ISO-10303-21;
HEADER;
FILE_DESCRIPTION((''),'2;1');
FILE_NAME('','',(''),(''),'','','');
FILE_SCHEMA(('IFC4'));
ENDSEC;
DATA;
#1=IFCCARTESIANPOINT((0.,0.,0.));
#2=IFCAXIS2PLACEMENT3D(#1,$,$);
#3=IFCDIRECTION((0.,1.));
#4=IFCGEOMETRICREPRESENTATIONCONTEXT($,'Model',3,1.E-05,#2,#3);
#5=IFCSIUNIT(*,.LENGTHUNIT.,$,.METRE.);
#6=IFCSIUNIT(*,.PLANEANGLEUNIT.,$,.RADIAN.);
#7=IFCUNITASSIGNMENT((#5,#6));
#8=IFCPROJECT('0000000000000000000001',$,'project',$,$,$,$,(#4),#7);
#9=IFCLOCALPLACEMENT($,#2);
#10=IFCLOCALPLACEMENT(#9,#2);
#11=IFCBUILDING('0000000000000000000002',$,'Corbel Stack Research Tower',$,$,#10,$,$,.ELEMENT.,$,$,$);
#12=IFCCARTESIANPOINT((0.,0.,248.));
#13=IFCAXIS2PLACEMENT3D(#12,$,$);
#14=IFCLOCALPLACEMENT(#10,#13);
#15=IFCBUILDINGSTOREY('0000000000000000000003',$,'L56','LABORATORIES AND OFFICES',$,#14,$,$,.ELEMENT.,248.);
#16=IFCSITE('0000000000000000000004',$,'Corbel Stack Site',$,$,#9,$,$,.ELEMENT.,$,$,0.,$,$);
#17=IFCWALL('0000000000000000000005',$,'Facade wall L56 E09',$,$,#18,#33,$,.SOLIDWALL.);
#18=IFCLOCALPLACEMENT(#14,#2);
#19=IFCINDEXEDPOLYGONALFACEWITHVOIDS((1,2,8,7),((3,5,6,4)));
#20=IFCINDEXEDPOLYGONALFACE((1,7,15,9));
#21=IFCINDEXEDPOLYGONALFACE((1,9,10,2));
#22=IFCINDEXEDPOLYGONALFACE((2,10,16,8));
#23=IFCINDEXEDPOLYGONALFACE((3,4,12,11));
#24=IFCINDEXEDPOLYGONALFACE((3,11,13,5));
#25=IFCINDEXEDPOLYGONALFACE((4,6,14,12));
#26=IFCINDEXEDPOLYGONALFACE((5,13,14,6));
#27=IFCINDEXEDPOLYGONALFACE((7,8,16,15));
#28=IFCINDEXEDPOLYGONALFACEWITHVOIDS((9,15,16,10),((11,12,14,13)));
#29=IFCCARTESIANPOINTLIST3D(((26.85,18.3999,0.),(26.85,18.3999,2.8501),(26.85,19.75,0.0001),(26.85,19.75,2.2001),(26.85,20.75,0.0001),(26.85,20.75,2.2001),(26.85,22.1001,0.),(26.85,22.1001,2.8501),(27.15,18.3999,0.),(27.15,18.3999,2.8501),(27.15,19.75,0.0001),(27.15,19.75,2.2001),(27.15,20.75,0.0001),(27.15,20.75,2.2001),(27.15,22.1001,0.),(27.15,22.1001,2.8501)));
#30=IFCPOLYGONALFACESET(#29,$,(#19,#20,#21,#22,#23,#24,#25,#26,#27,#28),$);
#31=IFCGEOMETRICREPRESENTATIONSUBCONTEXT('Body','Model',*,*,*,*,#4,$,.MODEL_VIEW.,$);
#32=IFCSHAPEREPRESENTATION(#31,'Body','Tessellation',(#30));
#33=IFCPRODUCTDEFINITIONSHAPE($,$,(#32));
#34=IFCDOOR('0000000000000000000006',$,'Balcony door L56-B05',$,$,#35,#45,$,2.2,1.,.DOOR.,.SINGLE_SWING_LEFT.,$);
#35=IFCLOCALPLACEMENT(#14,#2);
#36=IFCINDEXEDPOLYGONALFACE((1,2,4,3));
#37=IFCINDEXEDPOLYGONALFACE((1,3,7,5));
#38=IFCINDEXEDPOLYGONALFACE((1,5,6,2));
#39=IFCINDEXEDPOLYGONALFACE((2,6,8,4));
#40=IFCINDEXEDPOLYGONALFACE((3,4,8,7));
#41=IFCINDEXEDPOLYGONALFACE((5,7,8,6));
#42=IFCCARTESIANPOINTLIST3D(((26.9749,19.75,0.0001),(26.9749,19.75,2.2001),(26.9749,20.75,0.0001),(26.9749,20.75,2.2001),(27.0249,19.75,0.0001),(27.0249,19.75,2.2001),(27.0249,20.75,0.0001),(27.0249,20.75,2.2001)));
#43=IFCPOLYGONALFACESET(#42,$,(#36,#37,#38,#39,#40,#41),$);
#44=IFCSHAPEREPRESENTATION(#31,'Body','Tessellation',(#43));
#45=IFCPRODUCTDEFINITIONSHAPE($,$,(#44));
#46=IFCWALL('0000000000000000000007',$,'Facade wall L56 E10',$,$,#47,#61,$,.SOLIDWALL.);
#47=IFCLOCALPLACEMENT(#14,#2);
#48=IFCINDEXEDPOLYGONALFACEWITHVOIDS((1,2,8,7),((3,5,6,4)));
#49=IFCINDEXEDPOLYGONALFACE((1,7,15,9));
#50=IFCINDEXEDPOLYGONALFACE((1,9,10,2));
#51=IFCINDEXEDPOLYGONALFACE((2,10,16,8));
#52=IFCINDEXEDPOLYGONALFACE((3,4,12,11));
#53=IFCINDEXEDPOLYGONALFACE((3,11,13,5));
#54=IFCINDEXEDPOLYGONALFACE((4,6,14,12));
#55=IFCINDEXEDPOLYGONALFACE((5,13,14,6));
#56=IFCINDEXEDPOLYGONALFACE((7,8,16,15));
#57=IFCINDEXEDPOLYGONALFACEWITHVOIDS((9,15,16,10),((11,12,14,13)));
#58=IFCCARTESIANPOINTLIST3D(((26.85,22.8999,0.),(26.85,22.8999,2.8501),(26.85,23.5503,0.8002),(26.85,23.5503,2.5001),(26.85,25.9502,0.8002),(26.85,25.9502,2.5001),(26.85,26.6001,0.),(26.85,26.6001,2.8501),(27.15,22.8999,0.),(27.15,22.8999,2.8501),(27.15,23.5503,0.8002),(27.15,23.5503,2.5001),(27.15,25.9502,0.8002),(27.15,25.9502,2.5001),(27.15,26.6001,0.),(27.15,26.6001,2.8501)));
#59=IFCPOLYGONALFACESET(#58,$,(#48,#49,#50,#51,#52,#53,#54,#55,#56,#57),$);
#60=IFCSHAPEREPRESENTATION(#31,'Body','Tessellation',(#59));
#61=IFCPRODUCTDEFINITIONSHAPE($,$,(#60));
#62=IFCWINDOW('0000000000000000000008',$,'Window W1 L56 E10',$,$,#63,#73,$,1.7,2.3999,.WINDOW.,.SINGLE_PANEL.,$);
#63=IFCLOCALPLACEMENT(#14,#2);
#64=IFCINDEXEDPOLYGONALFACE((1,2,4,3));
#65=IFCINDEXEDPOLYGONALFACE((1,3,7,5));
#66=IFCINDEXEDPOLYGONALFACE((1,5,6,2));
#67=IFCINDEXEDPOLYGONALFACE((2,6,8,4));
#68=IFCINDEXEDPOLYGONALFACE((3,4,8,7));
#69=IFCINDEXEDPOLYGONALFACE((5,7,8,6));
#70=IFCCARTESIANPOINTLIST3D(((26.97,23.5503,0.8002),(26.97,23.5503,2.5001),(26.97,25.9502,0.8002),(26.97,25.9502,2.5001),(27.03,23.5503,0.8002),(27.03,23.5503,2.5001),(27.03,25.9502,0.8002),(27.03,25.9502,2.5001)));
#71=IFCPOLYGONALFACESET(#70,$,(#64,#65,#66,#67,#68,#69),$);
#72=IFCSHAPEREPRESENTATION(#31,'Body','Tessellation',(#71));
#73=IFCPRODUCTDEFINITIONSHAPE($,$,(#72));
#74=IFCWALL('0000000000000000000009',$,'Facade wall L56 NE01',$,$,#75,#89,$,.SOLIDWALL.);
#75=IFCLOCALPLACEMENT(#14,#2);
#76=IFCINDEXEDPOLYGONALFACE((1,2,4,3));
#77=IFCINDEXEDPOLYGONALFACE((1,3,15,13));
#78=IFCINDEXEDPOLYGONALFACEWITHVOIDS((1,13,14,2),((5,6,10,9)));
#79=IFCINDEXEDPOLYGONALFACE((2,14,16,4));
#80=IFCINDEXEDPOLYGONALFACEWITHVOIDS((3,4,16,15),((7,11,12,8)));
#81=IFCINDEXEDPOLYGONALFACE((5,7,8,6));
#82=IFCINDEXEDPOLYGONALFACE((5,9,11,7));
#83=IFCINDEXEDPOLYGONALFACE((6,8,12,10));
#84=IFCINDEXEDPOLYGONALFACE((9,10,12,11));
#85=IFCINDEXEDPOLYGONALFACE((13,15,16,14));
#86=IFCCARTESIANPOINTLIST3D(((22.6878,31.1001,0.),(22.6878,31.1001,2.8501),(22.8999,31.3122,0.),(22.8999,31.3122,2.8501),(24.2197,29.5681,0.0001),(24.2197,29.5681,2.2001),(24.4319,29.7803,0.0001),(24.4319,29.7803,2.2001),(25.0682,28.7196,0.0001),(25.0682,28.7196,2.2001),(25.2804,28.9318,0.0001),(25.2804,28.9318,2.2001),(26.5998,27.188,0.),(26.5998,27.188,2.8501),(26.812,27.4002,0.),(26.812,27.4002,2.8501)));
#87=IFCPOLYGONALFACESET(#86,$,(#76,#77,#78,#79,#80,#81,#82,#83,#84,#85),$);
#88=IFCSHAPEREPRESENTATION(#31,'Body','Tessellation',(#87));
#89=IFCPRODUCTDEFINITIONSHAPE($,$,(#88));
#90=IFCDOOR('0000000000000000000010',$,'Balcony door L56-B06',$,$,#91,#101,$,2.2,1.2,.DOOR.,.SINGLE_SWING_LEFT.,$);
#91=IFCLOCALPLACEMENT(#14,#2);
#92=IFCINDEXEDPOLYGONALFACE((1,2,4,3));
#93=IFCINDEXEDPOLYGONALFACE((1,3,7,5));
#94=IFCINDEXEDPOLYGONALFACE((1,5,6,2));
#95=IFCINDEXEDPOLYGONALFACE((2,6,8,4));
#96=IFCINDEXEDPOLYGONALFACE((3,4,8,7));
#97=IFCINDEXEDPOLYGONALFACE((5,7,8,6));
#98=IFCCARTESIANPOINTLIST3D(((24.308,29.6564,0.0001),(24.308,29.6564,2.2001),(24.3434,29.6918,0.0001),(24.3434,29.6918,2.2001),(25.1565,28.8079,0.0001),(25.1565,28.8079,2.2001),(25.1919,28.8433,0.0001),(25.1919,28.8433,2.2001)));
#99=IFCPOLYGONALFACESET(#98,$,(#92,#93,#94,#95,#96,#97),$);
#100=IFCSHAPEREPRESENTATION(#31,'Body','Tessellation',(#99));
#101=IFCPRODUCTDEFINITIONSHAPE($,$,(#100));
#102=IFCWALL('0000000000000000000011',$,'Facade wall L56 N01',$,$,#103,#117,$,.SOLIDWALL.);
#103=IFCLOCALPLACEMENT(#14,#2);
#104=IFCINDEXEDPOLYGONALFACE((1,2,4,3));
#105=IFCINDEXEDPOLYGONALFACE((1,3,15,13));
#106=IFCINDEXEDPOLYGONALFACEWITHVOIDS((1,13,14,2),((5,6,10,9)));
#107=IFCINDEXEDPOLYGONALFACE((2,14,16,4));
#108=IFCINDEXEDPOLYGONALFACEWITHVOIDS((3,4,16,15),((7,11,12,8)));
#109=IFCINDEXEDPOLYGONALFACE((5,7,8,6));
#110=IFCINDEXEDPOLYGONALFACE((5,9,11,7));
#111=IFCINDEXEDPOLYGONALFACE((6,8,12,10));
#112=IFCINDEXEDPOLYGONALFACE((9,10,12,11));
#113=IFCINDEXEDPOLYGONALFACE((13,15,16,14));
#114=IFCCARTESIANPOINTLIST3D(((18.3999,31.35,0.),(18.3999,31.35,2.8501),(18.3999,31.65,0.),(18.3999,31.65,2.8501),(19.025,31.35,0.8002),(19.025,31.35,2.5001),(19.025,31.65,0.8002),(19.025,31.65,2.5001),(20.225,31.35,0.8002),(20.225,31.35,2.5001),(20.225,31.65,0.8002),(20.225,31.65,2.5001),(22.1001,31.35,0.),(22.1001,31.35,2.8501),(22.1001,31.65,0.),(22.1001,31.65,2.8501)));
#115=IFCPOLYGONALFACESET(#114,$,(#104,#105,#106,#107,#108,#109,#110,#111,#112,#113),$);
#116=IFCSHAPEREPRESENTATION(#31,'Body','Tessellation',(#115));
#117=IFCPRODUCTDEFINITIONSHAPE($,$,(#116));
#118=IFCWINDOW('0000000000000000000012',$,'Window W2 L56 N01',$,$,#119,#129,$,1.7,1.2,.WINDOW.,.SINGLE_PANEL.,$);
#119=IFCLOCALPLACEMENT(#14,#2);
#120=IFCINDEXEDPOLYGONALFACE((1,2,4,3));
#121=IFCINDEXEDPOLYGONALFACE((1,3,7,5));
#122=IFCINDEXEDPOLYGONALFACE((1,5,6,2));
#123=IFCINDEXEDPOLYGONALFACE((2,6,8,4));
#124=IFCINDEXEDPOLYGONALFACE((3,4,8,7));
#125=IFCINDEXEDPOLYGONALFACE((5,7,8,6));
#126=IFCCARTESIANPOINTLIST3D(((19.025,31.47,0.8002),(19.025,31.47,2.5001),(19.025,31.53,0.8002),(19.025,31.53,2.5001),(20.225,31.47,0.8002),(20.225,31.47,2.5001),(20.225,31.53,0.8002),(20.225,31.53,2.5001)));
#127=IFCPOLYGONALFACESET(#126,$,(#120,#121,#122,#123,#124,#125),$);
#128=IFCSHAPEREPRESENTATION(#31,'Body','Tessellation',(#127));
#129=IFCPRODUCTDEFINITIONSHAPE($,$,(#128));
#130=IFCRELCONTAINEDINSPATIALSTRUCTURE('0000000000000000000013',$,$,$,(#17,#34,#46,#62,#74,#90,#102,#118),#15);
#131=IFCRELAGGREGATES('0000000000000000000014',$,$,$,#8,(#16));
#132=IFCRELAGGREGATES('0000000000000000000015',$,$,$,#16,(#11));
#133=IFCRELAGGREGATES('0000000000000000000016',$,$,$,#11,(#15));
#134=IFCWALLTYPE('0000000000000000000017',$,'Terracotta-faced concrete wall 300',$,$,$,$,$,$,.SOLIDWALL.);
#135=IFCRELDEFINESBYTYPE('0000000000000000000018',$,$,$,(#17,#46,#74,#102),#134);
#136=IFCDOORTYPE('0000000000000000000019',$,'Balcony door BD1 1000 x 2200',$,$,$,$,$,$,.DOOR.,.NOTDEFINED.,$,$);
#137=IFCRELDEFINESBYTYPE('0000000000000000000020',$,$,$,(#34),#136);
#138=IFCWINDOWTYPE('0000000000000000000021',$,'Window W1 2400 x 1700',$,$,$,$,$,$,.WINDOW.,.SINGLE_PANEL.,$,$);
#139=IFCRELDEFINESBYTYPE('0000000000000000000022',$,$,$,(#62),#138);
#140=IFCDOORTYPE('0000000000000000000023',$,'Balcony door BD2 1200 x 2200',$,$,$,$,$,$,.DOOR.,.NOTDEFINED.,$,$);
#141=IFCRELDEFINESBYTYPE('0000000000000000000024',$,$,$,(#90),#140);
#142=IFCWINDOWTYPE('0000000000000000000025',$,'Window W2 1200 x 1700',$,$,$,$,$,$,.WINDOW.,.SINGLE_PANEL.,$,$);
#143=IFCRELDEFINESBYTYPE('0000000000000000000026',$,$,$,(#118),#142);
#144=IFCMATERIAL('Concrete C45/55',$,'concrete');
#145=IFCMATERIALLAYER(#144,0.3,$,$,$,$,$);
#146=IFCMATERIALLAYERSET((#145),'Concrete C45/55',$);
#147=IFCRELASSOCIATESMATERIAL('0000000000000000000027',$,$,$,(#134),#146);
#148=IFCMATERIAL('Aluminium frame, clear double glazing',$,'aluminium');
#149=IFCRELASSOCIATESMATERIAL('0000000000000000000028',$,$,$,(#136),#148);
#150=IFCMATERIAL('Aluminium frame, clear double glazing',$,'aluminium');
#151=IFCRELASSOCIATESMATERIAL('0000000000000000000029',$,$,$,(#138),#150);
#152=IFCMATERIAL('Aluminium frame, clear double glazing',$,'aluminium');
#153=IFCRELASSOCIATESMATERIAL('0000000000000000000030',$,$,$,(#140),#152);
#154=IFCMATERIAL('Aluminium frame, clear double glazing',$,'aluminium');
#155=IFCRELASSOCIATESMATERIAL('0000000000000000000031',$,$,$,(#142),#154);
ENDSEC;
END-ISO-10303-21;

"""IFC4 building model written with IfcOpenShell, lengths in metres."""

from ifc_helpers import new_model, si_unit, direction, frame, frame_2d, origin, place, context, subcontext, project, spatial, rectangle, extrude, material, layer, layer_set, type_object, element, fill, save


model = new_model("IFC4")

# Units and contexts
model_context = context("Model", 3, precision=1e-05, world=origin(), true_north=direction((0.0, 1.0)))
body_context = subcontext(model_context, "Body", "Model", "MODEL_VIEW")
ifc_project = project(units=[si_unit("LENGTHUNIT", "METRE"), si_unit("PLANEANGLEUNIT", "RADIAN")], contexts=[model_context])

# Site, building, storey
site_placement = place(None, origin())
site = spatial("IfcSite", under=ifc_project, at=site_placement, Name="Corbel Stack Site", CompositionType="ELEMENT", RefElevation=0.0)
building_placement = place(site_placement, origin())
building = spatial("IfcBuilding", under=site, at=building_placement, Name="Corbel Stack Research Tower", CompositionType="ELEMENT")
storey_placement = place(building_placement, frame((0.0, 0.0, 248.0)))
storey = spatial("IfcBuildingStorey", under=building, at=storey_placement, Name="L56", Description="LABORATORIES AND OFFICES", CompositionType="ELEMENT", Elevation=248.0)

# Wall, opening, door
ifc_material_1 = material(Name="Concrete C45/55", Category="concrete")
ifc_layer_1 = layer(ifc_material_1, 0.3)
ifc_layer_set_1 = layer_set([ifc_layer_1], Name="Concrete C45/55")
wall_type_1 = type_object("IfcWallType", Name="Terracotta-faced concrete wall 300", PredefinedType="SOLIDWALL", material=ifc_layer_set_1)
wall_1_placement = place(storey_placement, frame((27.0, 22.1001, 0.0), z_axis=(0.0, 0.0, 1.0), x_axis=(0.0, -1.0, 0.0)))
wall_1 = element("IfcWall", 1, at=wall_1_placement, inside=storey, type_object=wall_type_1, Name="Facade wall L56 E09", PredefinedType="SOLIDWALL", context=body_context, shape_type="SweptSolid", body=[
    extrude(rectangle(XDim=3.7002, YDim=0.3, at=frame_2d((1.8501, 0.0))), origin(), (0.0, 0.0, 1.0), 2.8501),
])
opening_1_placement = place(wall_1_placement, frame((1.3501, 0.0, 0.0)))
opening_1 = element("IfcOpeningElement", 2, at=opening_1_placement, cuts=wall_1, PredefinedType="OPENING", context=body_context, shape_type="SweptSolid", body=[
    extrude(rectangle(XDim=1.0, YDim=2.2, at=frame_2d((0.5, 1.1001))), frame((0.0, 0.1599, 0.0), z_axis=(0.0, -1.0, 0.0), x_axis=(1.0, 0.0, 0.0)), (0.0, 0.0, 1.0), 0.3201),
])
ifc_material_2 = material(Name="Aluminium frame, clear double glazing", Category="aluminium")
door_type_1 = type_object("IfcDoorType", Name="Balcony door BD1 1000 x 2200", OperationType="NOTDEFINED", PredefinedType="DOOR", material=ifc_material_2)
door_1_placement = place(opening_1_placement, origin())
door_1 = element("IfcDoor", 3, at=door_1_placement, inside=storey, type_object=door_type_1, Name="Balcony door L56-B05", OperationType="SINGLE_SWING_LEFT", OverallHeight=2.2, OverallWidth=1.0, PredefinedType="DOOR", context=body_context, shape_type="SweptSolid", body=[
    extrude(rectangle(XDim=1.0, YDim=2.2, at=frame_2d((0.5, 1.1001))), frame((0.0, 0.0249, 0.0), z_axis=(0.0, -1.0, 0.0), x_axis=(1.0, 0.0, 0.0)), (0.0, 0.0, 1.0), 0.05),
])
fill(opening_1, door_1)

# Wall, opening, window
wall_2_placement = place(storey_placement, frame((27.0, 26.6001, 0.0), z_axis=(0.0, 0.0, 1.0), x_axis=(0.0, -1.0, 0.0)))
wall_2 = element("IfcWall", 4, at=wall_2_placement, inside=storey, type_object=wall_type_1, Name="Facade wall L56 E10", PredefinedType="SOLIDWALL", context=body_context, shape_type="SweptSolid", body=[
    extrude(rectangle(XDim=3.7002, YDim=0.3, at=frame_2d((1.8501, 0.0))), origin(), (0.0, 0.0, 1.0), 2.8501),
])
opening_2_placement = place(wall_2_placement, frame((0.6499, 0.0, 0.8)))
opening_2 = element("IfcOpeningElement", 5, at=opening_2_placement, cuts=wall_2, PredefinedType="OPENING", context=body_context, shape_type="SweptSolid", body=[
    extrude(rectangle(XDim=2.3999, YDim=1.7, at=frame_2d((1.2, 0.8501))), frame((0.0, 0.1599, 0.0), z_axis=(0.0, -1.0, 0.0), x_axis=(1.0, 0.0, 0.0)), (0.0, 0.0, 1.0), 0.3201),
])
ifc_material_3 = material(Name="Aluminium frame, clear double glazing", Category="aluminium")
window_type_1 = type_object("IfcWindowType", Name="Window W1 2400 x 1700", PartitioningType="SINGLE_PANEL", PredefinedType="WINDOW", material=ifc_material_3)
window_1_placement = place(opening_2_placement, origin())
window_1 = element("IfcWindow", 6, at=window_1_placement, inside=storey, type_object=window_type_1, Name="Window W1 L56 E10", OverallHeight=1.7, OverallWidth=2.3999, PartitioningType="SINGLE_PANEL", PredefinedType="WINDOW", context=body_context, shape_type="SweptSolid", body=[
    extrude(rectangle(XDim=2.3999, YDim=1.7, at=frame_2d((1.2, 0.8501))), frame((0.0, 0.03, 0.0), z_axis=(0.0, -1.0, 0.0), x_axis=(1.0, 0.0, 0.0)), (0.0, 0.0, 1.0), 0.0601),
])
fill(opening_2, window_1)

# Wall, opening, door
wall_3_placement = place(storey_placement, frame((22.7939, 31.2061, 0.0), z_axis=(0.0, 0.0, 1.0), x_axis=(0.707107, -0.707107, 0.0)))
wall_3 = element("IfcWall", 7, at=wall_3_placement, inside=storey, type_object=wall_type_1, Name="Facade wall L56 NE01", PredefinedType="SOLIDWALL", context=body_context, shape_type="SweptSolid", body=[
    extrude(rectangle(XDim=5.5325, YDim=0.3, at=frame_2d((2.7661, 0.0))), origin(), (0.0, 0.0, 1.0), 2.8501),
])
opening_3_placement = place(wall_3_placement, frame((2.1663, 0.0, 0.0)))
opening_3 = element("IfcOpeningElement", 8, at=opening_3_placement, cuts=wall_3, PredefinedType="OPENING", context=body_context, shape_type="SweptSolid", body=[
    extrude(rectangle(XDim=1.2, YDim=2.2, at=frame_2d((0.6001, 1.1001))), frame((0.0, 0.1599, 0.0), z_axis=(0.0, -1.0, 0.0), x_axis=(1.0, 0.0, 0.0)), (0.0, 0.0, 1.0), 0.3201),
])
ifc_material_4 = material(Name="Aluminium frame, clear double glazing", Category="aluminium")
door_type_2 = type_object("IfcDoorType", Name="Balcony door BD2 1200 x 2200", OperationType="NOTDEFINED", PredefinedType="DOOR", material=ifc_material_4)
door_2_placement = place(opening_3_placement, origin())
door_2 = element("IfcDoor", 9, at=door_2_placement, inside=storey, type_object=door_type_2, Name="Balcony door L56-B06", OperationType="SINGLE_SWING_LEFT", OverallHeight=2.2, OverallWidth=1.2, PredefinedType="DOOR", context=body_context, shape_type="SweptSolid", body=[
    extrude(rectangle(XDim=1.2, YDim=2.2, at=frame_2d((0.6001, 1.1001))), frame((0.0, 0.0249, 0.0), z_axis=(0.0, -1.0, 0.0), x_axis=(1.0, 0.0, 0.0)), (0.0, 0.0, 1.0), 0.05),
])
fill(opening_3, door_2)

# Wall, opening, window
wall_4_placement = place(storey_placement, frame((18.3999, 31.5, 0.0), z_axis=(0.0, 0.0, 1.0), x_axis=(1.0, 0.0, 0.0)))
wall_4 = element("IfcWall", 10, at=wall_4_placement, inside=storey, type_object=wall_type_1, Name="Facade wall L56 N01", PredefinedType="SOLIDWALL", context=body_context, shape_type="SweptSolid", body=[
    extrude(rectangle(XDim=3.7002, YDim=0.3, at=frame_2d((1.8501, 0.0))), origin(), (0.0, 0.0, 1.0), 2.8501),
])
opening_4_placement = place(wall_4_placement, frame((0.625, 0.0, 0.8)))
opening_4 = element("IfcOpeningElement", 11, at=opening_4_placement, cuts=wall_4, PredefinedType="OPENING", context=body_context, shape_type="SweptSolid", body=[
    extrude(rectangle(XDim=1.2, YDim=1.7, at=frame_2d((0.6001, 0.8501))), frame((0.0, 0.1599, 0.0), z_axis=(0.0, -1.0, 0.0), x_axis=(1.0, 0.0, 0.0)), (0.0, 0.0, 1.0), 0.3201),
])
ifc_material_5 = material(Name="Aluminium frame, clear double glazing", Category="aluminium")
window_type_2 = type_object("IfcWindowType", Name="Window W2 1200 x 1700", PartitioningType="SINGLE_PANEL", PredefinedType="WINDOW", material=ifc_material_5)
window_2_placement = place(opening_4_placement, origin())
window_2 = element("IfcWindow", 12, at=window_2_placement, inside=storey, type_object=window_type_2, Name="Window W2 L56 N01", OverallHeight=1.7, OverallWidth=1.2, PartitioningType="SINGLE_PANEL", PredefinedType="WINDOW", context=body_context, shape_type="SweptSolid", body=[
    extrude(rectangle(XDim=1.2, YDim=1.7, at=frame_2d((0.6001, 0.8501))), frame((0.0, 0.03, 0.0), z_axis=(0.0, -1.0, 0.0), x_axis=(1.0, 0.0, 0.0)), (0.0, 0.0, 1.0), 0.0601),
])
fill(opening_4, window_2)

save(model, "model.ifc")
